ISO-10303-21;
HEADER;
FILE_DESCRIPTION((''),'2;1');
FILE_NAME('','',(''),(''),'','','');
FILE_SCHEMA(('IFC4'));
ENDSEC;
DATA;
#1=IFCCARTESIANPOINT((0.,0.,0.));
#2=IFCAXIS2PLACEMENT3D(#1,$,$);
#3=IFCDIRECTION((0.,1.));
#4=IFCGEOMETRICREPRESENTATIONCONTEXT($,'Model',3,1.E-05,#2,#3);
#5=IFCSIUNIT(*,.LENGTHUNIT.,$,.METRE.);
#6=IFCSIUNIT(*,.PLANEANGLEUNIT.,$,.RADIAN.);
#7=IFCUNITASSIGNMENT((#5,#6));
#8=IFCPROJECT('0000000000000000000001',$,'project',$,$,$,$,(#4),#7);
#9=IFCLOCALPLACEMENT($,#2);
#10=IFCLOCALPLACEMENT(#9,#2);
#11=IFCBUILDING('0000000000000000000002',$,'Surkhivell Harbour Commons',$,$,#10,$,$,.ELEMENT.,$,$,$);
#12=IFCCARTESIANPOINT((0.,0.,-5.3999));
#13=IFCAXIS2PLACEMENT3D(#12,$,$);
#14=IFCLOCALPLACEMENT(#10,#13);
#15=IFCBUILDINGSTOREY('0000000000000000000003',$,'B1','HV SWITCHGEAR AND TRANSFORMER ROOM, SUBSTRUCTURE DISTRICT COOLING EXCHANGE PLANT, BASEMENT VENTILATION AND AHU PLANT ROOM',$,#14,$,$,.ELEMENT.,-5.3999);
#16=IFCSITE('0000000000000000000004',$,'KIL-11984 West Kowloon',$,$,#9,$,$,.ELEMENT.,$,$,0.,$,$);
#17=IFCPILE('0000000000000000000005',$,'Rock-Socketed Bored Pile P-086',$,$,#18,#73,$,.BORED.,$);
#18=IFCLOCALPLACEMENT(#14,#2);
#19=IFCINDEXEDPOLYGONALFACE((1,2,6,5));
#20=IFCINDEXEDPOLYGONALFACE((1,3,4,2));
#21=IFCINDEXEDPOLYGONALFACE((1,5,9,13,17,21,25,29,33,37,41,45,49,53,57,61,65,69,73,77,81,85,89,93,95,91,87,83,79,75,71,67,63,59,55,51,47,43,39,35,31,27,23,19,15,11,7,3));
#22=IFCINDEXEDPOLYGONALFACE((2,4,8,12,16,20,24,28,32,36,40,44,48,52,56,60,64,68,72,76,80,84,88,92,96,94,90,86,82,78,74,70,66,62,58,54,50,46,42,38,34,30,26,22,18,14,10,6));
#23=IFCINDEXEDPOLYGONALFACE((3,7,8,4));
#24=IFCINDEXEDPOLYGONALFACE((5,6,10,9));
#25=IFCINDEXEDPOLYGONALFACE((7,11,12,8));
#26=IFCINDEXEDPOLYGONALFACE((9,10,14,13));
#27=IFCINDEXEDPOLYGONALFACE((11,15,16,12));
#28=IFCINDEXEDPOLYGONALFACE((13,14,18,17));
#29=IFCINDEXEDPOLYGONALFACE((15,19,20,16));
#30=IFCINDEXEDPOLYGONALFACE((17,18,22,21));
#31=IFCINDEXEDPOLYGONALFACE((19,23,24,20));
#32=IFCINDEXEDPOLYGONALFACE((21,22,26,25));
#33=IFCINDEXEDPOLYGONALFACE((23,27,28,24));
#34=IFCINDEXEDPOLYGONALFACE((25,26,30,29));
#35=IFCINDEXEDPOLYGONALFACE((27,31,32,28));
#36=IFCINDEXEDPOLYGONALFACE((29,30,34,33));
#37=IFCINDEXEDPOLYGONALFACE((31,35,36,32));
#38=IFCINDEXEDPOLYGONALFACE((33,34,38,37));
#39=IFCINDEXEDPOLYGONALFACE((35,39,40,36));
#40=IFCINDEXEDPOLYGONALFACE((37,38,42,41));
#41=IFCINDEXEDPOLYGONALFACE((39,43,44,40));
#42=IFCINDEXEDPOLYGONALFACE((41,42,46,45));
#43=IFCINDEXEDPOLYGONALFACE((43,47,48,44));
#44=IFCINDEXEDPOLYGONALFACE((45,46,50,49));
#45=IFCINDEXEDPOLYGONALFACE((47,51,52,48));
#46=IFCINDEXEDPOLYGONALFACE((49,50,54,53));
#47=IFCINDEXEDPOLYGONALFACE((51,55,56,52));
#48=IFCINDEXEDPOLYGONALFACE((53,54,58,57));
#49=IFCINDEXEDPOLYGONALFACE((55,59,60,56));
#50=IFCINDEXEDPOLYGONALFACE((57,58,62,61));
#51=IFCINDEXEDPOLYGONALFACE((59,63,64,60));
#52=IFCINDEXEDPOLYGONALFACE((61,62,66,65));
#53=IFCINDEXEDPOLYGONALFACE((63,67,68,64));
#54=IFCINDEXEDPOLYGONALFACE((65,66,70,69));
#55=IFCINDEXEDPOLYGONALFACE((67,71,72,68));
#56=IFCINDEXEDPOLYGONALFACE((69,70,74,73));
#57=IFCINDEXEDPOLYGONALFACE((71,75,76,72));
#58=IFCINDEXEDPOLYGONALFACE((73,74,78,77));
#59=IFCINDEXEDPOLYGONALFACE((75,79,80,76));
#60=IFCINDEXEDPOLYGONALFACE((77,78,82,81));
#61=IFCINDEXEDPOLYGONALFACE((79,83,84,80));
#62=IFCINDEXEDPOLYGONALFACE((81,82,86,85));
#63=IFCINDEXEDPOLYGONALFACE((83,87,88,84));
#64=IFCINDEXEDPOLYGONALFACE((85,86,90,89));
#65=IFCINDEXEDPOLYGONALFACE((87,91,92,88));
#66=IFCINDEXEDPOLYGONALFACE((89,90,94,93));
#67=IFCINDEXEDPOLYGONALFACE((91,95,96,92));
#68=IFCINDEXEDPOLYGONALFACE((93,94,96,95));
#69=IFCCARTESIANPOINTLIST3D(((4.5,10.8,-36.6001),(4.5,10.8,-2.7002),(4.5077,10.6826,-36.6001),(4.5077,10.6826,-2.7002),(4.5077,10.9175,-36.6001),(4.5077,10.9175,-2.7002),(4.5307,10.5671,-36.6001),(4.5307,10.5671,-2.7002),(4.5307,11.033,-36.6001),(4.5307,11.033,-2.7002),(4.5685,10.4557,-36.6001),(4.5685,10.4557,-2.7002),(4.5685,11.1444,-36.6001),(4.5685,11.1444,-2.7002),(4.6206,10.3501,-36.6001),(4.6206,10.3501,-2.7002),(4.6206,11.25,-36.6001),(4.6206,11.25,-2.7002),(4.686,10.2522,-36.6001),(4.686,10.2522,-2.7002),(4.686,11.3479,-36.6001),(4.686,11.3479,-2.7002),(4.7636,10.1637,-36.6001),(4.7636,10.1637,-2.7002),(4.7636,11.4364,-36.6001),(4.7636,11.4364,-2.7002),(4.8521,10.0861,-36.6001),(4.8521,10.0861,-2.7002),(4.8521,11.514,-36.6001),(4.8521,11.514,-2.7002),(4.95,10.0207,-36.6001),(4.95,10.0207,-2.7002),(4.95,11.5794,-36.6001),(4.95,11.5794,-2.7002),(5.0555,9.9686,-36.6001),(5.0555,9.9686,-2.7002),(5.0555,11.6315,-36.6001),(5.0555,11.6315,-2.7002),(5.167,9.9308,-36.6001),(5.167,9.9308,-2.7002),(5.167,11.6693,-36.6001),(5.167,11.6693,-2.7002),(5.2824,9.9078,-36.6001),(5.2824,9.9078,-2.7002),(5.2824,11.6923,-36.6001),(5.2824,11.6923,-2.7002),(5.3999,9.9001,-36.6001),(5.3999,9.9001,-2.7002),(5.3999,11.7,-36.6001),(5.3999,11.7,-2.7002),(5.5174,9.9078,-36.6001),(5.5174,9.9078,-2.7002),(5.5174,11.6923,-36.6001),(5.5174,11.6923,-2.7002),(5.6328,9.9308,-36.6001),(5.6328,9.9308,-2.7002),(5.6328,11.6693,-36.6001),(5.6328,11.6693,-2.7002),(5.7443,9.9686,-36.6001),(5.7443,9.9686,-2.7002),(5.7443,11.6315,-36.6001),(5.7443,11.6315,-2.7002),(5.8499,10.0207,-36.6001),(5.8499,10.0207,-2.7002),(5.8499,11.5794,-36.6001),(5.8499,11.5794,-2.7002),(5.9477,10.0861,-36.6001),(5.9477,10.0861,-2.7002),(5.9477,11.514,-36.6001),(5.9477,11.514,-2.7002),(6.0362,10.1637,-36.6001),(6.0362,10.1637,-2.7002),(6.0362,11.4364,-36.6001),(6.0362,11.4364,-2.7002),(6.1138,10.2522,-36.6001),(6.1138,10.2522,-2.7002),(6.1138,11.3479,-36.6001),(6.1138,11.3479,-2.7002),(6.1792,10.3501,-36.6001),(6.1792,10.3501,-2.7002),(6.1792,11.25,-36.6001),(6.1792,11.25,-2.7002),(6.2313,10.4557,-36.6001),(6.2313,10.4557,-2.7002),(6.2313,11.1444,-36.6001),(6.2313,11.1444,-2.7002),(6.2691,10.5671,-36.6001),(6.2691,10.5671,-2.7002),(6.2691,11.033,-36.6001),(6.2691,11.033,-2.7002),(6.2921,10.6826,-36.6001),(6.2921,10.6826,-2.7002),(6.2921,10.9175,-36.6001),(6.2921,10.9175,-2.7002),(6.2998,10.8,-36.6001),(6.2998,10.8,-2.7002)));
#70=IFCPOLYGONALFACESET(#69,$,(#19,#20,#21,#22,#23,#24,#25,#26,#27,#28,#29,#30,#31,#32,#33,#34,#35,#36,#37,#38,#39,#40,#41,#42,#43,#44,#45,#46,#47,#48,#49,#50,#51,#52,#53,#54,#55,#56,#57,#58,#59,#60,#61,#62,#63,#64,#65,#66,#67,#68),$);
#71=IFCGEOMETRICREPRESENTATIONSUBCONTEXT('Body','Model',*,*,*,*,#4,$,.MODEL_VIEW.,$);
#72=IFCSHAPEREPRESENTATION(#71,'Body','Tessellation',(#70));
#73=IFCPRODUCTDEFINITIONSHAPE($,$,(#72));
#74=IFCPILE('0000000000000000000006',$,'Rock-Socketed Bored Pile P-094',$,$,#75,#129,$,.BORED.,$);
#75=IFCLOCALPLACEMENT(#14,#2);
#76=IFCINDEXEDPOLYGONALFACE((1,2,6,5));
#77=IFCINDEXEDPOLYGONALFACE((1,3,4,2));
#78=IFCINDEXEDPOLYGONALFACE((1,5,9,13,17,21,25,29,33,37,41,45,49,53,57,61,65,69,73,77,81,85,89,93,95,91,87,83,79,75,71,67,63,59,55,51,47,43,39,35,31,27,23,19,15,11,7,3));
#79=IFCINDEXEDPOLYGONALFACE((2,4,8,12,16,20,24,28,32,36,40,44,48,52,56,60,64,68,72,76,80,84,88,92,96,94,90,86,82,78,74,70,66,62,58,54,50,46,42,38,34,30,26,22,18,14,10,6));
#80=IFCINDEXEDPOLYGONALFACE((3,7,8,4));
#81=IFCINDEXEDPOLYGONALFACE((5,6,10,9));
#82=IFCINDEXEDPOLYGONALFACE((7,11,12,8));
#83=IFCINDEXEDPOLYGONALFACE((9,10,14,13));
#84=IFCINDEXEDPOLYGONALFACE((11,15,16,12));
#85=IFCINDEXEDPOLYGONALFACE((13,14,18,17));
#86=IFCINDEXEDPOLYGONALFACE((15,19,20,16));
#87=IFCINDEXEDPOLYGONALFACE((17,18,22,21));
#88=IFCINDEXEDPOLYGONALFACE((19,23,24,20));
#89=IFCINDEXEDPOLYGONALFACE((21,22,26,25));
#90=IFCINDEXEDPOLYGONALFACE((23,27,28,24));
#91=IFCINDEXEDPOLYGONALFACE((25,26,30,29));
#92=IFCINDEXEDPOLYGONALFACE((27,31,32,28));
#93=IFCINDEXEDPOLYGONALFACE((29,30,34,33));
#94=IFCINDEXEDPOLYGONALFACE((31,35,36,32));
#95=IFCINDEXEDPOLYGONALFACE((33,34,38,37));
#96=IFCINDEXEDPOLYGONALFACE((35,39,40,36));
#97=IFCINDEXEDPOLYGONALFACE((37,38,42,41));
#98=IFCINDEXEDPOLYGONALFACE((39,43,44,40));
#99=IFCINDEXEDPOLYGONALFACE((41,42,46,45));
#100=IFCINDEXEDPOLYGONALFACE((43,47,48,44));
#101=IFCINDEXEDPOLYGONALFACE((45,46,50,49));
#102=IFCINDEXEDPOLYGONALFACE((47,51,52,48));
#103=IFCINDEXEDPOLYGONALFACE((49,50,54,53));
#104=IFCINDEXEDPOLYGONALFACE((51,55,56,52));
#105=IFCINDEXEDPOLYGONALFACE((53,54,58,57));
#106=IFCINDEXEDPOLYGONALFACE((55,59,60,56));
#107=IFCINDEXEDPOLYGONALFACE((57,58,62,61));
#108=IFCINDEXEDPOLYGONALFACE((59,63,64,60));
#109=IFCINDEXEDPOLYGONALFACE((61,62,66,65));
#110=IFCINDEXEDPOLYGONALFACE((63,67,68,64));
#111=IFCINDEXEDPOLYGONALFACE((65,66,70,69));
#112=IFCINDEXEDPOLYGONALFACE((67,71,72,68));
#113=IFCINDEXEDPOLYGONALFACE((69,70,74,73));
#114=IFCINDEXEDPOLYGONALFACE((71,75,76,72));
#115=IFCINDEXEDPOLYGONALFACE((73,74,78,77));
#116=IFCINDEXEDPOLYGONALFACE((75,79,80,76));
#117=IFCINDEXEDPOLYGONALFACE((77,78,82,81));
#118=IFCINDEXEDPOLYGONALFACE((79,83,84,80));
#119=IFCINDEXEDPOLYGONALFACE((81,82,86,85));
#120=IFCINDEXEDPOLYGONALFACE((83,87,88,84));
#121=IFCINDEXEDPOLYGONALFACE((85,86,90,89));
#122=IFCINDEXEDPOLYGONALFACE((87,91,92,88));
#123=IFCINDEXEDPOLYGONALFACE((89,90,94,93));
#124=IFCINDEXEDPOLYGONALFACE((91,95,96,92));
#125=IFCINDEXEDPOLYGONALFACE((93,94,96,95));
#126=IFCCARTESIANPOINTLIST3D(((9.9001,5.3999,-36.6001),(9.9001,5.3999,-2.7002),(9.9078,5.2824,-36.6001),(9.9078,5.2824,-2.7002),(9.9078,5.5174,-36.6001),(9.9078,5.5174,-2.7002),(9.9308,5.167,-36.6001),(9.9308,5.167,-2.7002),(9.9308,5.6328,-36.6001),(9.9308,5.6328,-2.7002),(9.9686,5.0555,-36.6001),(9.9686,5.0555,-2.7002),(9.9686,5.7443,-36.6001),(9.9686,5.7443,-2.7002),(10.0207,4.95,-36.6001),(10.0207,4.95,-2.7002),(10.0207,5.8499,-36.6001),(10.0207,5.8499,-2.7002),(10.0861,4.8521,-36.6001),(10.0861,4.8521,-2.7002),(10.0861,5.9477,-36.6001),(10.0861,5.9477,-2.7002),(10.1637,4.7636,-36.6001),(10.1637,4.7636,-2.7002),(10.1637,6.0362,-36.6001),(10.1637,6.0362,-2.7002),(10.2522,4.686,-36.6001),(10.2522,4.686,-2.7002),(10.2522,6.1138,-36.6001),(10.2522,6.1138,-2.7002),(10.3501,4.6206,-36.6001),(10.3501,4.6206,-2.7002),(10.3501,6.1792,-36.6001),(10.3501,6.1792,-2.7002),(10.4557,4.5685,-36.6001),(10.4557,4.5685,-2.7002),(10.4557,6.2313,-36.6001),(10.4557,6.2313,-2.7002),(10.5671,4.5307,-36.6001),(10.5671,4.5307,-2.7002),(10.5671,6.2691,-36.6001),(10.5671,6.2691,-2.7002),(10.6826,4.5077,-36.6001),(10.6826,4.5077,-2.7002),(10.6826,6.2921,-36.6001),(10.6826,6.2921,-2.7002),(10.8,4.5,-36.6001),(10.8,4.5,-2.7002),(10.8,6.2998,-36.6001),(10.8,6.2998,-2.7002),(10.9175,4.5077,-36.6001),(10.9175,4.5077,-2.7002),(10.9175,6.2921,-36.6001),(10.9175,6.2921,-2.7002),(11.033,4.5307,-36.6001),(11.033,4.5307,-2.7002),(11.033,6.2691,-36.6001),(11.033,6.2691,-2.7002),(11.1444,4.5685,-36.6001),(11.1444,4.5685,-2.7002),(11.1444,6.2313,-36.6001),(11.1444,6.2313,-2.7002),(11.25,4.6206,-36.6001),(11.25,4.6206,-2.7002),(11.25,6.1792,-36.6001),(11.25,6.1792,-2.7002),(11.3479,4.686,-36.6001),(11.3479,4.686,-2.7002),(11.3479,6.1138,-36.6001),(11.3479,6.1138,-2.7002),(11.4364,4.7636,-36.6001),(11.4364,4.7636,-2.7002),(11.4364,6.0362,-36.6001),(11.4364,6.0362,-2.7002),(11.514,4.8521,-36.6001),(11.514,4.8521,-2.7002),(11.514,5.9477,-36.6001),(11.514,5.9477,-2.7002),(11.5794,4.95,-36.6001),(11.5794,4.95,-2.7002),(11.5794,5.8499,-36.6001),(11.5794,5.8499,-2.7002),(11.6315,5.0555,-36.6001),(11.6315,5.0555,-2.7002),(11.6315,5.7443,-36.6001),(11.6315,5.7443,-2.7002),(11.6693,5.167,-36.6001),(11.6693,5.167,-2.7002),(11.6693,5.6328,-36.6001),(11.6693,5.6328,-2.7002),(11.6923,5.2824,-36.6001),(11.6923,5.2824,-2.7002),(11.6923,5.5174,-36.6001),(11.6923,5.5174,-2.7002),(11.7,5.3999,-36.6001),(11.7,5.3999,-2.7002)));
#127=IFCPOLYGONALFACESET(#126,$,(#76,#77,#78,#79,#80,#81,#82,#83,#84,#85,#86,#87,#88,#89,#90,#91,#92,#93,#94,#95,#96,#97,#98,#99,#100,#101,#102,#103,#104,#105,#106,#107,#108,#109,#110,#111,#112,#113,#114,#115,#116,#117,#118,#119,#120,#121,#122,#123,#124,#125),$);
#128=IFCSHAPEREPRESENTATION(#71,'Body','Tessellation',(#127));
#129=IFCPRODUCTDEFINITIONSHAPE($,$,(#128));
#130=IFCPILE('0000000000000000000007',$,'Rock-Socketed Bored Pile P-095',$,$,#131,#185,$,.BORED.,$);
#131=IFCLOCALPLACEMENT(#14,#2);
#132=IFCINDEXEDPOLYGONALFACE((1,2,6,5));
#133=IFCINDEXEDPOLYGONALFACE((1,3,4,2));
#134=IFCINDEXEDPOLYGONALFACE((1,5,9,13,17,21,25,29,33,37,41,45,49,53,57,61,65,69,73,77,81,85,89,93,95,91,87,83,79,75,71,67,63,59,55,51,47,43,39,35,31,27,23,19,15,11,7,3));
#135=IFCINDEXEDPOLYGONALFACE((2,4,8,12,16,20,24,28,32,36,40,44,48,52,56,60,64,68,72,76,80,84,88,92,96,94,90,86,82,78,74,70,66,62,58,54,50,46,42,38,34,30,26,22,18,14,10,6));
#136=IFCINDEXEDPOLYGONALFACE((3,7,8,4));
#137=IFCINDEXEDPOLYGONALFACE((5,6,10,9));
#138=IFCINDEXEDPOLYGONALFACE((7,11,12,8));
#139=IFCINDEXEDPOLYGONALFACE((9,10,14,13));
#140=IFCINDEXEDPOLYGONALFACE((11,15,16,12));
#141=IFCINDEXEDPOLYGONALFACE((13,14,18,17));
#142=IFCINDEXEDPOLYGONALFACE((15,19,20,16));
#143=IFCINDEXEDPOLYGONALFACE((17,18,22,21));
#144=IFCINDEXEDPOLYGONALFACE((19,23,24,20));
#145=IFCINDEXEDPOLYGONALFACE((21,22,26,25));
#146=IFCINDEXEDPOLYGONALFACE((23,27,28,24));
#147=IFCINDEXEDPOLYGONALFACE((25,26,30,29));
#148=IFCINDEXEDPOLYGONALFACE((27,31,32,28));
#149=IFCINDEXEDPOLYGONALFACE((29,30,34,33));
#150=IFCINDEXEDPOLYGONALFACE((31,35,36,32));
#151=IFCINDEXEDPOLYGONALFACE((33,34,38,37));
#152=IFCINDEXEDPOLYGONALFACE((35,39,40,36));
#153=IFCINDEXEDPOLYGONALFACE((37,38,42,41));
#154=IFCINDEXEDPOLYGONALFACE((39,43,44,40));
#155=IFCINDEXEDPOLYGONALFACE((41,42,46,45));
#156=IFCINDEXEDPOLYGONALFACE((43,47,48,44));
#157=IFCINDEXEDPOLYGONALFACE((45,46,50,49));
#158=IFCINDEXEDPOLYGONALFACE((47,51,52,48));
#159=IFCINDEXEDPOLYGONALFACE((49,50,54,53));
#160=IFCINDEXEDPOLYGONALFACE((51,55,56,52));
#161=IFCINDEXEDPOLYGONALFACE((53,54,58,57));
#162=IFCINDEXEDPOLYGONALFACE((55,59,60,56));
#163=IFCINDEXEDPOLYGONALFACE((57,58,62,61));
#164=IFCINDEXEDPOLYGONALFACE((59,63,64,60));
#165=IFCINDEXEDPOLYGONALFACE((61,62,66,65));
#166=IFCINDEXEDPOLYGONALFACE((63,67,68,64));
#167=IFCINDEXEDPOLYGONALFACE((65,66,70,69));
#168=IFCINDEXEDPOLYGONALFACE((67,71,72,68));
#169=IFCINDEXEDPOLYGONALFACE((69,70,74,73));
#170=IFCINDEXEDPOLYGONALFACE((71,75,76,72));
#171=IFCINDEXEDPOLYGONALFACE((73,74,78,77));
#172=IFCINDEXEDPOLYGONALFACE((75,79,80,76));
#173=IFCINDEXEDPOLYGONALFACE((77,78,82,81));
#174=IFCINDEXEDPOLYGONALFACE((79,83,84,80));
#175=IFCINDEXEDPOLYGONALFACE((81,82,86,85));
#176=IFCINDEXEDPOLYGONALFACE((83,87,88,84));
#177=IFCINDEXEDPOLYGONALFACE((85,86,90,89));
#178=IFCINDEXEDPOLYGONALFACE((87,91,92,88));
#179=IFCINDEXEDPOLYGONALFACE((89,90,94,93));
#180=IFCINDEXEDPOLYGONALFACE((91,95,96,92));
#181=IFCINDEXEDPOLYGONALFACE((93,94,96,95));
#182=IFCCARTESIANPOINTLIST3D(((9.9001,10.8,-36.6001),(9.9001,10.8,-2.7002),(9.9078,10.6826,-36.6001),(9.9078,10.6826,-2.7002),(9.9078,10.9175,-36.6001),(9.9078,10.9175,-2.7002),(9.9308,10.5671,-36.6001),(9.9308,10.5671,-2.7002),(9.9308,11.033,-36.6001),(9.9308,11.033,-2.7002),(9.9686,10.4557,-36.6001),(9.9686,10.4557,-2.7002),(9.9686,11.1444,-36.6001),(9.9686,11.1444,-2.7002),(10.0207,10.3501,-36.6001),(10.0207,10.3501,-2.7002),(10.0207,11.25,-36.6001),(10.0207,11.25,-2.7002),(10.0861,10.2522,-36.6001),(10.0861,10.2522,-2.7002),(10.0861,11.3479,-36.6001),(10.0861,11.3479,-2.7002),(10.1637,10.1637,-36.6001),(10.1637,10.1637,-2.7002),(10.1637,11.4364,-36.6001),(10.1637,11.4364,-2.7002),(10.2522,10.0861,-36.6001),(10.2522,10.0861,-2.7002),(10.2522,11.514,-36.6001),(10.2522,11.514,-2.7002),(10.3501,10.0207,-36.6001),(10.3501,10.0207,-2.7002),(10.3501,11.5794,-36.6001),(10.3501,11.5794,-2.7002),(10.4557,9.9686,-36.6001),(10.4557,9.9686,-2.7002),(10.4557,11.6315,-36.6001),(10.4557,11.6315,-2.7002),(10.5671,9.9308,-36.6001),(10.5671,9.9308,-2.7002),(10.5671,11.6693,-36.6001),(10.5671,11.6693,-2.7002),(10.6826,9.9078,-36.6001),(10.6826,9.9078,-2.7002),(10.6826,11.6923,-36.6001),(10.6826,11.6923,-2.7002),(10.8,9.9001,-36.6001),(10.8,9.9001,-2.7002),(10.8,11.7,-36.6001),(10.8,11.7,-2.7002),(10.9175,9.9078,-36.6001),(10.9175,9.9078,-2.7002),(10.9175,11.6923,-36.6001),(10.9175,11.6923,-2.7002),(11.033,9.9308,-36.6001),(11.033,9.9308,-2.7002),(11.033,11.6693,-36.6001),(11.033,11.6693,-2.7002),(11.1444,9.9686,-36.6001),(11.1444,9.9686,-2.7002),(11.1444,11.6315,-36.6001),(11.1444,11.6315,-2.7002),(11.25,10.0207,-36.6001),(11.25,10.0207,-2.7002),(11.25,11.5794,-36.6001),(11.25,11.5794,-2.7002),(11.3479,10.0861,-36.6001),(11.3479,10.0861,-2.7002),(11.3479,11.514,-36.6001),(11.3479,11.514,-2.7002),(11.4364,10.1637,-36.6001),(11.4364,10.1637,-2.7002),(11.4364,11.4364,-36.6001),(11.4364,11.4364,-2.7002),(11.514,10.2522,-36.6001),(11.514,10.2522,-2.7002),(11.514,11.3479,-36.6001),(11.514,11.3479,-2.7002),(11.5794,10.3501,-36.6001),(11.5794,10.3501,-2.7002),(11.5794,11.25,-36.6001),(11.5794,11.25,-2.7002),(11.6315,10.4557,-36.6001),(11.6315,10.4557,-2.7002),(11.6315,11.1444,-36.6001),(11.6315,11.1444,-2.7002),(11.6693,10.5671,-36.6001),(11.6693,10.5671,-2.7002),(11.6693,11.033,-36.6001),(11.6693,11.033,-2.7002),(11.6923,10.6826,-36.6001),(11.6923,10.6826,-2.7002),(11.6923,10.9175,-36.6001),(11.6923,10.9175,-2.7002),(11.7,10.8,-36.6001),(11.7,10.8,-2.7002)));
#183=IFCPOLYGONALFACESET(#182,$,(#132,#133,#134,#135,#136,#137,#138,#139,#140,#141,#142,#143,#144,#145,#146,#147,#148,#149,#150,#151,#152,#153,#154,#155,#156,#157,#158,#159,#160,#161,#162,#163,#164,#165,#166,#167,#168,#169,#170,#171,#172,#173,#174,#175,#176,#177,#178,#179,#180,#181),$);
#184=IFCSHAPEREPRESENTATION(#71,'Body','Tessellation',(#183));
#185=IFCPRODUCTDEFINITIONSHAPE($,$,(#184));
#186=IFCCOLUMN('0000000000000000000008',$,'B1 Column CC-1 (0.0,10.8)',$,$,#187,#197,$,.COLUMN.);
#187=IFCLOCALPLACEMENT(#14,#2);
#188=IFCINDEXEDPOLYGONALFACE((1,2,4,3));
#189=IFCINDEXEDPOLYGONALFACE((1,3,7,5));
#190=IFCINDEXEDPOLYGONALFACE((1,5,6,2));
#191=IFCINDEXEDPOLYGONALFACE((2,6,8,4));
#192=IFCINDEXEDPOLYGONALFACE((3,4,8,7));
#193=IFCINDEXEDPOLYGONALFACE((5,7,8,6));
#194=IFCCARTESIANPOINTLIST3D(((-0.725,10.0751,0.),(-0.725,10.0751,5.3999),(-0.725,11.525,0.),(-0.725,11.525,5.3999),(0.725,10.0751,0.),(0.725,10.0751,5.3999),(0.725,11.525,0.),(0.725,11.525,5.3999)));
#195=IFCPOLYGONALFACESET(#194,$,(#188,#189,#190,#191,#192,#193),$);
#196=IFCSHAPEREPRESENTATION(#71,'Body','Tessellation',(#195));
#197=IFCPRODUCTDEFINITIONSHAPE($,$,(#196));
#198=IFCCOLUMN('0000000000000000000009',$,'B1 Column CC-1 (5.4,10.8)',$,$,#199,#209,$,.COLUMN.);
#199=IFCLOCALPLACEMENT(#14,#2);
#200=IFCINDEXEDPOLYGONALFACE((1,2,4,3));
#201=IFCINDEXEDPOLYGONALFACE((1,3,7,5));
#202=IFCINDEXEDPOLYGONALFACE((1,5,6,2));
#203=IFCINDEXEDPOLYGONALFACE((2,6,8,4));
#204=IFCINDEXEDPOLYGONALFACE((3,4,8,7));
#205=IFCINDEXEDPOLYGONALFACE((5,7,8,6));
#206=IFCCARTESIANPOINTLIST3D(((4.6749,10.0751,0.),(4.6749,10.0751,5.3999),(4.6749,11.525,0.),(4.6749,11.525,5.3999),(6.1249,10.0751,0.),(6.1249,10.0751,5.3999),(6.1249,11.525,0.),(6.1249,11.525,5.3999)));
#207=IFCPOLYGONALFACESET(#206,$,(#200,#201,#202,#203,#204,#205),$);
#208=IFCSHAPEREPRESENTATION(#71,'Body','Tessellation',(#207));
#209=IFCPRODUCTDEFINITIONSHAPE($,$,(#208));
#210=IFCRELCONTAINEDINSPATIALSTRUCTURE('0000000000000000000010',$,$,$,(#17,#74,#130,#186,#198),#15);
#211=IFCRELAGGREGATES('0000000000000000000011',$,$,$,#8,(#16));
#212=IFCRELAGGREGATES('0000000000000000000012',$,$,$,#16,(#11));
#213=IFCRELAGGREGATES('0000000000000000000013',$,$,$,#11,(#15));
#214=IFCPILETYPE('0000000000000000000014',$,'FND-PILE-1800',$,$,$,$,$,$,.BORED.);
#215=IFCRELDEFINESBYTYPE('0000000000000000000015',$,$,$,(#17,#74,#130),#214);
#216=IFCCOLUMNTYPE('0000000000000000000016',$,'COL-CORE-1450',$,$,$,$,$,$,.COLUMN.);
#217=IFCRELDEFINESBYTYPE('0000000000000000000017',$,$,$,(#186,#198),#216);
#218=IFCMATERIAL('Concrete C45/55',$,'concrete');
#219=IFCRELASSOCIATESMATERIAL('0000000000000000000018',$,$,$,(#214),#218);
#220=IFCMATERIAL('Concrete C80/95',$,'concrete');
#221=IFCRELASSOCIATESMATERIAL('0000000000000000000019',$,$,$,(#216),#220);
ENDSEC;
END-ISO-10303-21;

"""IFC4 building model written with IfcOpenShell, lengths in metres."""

from ifc_helpers import new_model, si_unit, direction, frame, origin, origin_2d, place, context, subcontext, project, spatial, rectangle, circle, extrude, material, material_profile, profile_set, type_object, element, save


model = new_model("IFC4")

# Units and contexts
model_context = context("Model", 3, precision=1e-05, world=origin(), true_north=direction((0.0, 1.0)))
body_context = subcontext(model_context, "Body", "Model", "MODEL_VIEW")
ifc_project = project(units=[si_unit("LENGTHUNIT", "METRE"), si_unit("PLANEANGLEUNIT", "RADIAN")], contexts=[model_context])

# Site, building, storey
site_placement = place(None, origin())
site = spatial("IfcSite", under=ifc_project, at=site_placement, Name="KIL-11984 West Kowloon", CompositionType="ELEMENT", RefElevation=0.0)
building_placement = place(site_placement, origin())
building = spatial("IfcBuilding", under=site, at=building_placement, Name="Surkhivell Harbour Commons", CompositionType="ELEMENT")
storey_placement = place(building_placement, frame((0.0, 0.0, -5.3999)))
storey = spatial("IfcBuildingStorey", under=building, at=storey_placement, Name="B1", Description="HV SWITCHGEAR AND TRANSFORMER ROOM, SUBSTRUCTURE DISTRICT COOLING EXCHANGE PLANT, BASEMENT VENTILATION AND AHU PLANT ROOM", CompositionType="ELEMENT", Elevation=-5.3999)

# Piles
ifc_material_1 = material(Name="Concrete C45/55", Category="concrete")
ifc_material_profile_1 = material_profile(ifc_material_1, circle(Radius=0.8999, at=origin_2d()), Name="PILE-1800")
ifc_profile_set_1 = profile_set([ifc_material_profile_1], Name="Concrete C45/55")
pile_type_1 = type_object("IfcPileType", Name="FND-PILE-1800", PredefinedType="BORED", material=ifc_profile_set_1)
for number, where, z_axis, x_axis, name in (
    (1, (5.3999, 10.8, -2.7002), (0.0, 0.0, -1.0), (1.0, 0.0, 0.0), "Rock-Socketed Bored Pile P-086"),
    (2, (10.8, 5.3999, -2.7002), (0.0, 0.0, -1.0), (1.0, 0.0, 0.0), "Rock-Socketed Bored Pile P-094"),
    (3, (10.8, 10.8, -2.7002), (0.0, 0.0, -1.0), (1.0, 0.0, 0.0), "Rock-Socketed Bored Pile P-095"),
):
    element("IfcPile", number, at=place(storey_placement, frame(where, z_axis=z_axis, x_axis=x_axis)), inside=storey, type_object=pile_type_1, Name=name, PredefinedType="BORED", context=body_context, shape_type="SweptSolid", body=[
        extrude(circle(Radius=0.8999, at=origin_2d()), origin(), (0.0, 0.0, 1.0), 33.8999),
    ])

# Columns
ifc_material_2 = material(Name="Concrete C80/95", Category="concrete")
ifc_material_profile_2 = material_profile(ifc_material_2, rectangle(XDim=1.45, YDim=1.45, at=origin_2d()), Name="RC-COL-1450x1450")
ifc_profile_set_2 = profile_set([ifc_material_profile_2], Name="Concrete C80/95")
column_type_1 = type_object("IfcColumnType", Name="COL-CORE-1450", PredefinedType="COLUMN", material=ifc_profile_set_2)
for number, where, z_axis, x_axis, name in (
    (4, (0.0, 10.8, 0.0), (0.0, 0.0, 1.0), (1.0, 0.0, 0.0), "B1 Column CC-1 (0.0,10.8)"),
    (5, (5.3999, 10.8, 0.0), (0.0, 0.0, 1.0), (1.0, 0.0, 0.0), "B1 Column CC-1 (5.4,10.8)"),
):
    element("IfcColumn", number, at=place(storey_placement, frame(where, z_axis=z_axis, x_axis=x_axis)), inside=storey, type_object=column_type_1, Name=name, PredefinedType="COLUMN", context=body_context, shape_type="SweptSolid", body=[
        extrude(rectangle(XDim=1.45, YDim=1.45, at=origin_2d()), origin(), (0.0, 0.0, 1.0), 5.3999),
    ])

save(model, "model.ifc")
